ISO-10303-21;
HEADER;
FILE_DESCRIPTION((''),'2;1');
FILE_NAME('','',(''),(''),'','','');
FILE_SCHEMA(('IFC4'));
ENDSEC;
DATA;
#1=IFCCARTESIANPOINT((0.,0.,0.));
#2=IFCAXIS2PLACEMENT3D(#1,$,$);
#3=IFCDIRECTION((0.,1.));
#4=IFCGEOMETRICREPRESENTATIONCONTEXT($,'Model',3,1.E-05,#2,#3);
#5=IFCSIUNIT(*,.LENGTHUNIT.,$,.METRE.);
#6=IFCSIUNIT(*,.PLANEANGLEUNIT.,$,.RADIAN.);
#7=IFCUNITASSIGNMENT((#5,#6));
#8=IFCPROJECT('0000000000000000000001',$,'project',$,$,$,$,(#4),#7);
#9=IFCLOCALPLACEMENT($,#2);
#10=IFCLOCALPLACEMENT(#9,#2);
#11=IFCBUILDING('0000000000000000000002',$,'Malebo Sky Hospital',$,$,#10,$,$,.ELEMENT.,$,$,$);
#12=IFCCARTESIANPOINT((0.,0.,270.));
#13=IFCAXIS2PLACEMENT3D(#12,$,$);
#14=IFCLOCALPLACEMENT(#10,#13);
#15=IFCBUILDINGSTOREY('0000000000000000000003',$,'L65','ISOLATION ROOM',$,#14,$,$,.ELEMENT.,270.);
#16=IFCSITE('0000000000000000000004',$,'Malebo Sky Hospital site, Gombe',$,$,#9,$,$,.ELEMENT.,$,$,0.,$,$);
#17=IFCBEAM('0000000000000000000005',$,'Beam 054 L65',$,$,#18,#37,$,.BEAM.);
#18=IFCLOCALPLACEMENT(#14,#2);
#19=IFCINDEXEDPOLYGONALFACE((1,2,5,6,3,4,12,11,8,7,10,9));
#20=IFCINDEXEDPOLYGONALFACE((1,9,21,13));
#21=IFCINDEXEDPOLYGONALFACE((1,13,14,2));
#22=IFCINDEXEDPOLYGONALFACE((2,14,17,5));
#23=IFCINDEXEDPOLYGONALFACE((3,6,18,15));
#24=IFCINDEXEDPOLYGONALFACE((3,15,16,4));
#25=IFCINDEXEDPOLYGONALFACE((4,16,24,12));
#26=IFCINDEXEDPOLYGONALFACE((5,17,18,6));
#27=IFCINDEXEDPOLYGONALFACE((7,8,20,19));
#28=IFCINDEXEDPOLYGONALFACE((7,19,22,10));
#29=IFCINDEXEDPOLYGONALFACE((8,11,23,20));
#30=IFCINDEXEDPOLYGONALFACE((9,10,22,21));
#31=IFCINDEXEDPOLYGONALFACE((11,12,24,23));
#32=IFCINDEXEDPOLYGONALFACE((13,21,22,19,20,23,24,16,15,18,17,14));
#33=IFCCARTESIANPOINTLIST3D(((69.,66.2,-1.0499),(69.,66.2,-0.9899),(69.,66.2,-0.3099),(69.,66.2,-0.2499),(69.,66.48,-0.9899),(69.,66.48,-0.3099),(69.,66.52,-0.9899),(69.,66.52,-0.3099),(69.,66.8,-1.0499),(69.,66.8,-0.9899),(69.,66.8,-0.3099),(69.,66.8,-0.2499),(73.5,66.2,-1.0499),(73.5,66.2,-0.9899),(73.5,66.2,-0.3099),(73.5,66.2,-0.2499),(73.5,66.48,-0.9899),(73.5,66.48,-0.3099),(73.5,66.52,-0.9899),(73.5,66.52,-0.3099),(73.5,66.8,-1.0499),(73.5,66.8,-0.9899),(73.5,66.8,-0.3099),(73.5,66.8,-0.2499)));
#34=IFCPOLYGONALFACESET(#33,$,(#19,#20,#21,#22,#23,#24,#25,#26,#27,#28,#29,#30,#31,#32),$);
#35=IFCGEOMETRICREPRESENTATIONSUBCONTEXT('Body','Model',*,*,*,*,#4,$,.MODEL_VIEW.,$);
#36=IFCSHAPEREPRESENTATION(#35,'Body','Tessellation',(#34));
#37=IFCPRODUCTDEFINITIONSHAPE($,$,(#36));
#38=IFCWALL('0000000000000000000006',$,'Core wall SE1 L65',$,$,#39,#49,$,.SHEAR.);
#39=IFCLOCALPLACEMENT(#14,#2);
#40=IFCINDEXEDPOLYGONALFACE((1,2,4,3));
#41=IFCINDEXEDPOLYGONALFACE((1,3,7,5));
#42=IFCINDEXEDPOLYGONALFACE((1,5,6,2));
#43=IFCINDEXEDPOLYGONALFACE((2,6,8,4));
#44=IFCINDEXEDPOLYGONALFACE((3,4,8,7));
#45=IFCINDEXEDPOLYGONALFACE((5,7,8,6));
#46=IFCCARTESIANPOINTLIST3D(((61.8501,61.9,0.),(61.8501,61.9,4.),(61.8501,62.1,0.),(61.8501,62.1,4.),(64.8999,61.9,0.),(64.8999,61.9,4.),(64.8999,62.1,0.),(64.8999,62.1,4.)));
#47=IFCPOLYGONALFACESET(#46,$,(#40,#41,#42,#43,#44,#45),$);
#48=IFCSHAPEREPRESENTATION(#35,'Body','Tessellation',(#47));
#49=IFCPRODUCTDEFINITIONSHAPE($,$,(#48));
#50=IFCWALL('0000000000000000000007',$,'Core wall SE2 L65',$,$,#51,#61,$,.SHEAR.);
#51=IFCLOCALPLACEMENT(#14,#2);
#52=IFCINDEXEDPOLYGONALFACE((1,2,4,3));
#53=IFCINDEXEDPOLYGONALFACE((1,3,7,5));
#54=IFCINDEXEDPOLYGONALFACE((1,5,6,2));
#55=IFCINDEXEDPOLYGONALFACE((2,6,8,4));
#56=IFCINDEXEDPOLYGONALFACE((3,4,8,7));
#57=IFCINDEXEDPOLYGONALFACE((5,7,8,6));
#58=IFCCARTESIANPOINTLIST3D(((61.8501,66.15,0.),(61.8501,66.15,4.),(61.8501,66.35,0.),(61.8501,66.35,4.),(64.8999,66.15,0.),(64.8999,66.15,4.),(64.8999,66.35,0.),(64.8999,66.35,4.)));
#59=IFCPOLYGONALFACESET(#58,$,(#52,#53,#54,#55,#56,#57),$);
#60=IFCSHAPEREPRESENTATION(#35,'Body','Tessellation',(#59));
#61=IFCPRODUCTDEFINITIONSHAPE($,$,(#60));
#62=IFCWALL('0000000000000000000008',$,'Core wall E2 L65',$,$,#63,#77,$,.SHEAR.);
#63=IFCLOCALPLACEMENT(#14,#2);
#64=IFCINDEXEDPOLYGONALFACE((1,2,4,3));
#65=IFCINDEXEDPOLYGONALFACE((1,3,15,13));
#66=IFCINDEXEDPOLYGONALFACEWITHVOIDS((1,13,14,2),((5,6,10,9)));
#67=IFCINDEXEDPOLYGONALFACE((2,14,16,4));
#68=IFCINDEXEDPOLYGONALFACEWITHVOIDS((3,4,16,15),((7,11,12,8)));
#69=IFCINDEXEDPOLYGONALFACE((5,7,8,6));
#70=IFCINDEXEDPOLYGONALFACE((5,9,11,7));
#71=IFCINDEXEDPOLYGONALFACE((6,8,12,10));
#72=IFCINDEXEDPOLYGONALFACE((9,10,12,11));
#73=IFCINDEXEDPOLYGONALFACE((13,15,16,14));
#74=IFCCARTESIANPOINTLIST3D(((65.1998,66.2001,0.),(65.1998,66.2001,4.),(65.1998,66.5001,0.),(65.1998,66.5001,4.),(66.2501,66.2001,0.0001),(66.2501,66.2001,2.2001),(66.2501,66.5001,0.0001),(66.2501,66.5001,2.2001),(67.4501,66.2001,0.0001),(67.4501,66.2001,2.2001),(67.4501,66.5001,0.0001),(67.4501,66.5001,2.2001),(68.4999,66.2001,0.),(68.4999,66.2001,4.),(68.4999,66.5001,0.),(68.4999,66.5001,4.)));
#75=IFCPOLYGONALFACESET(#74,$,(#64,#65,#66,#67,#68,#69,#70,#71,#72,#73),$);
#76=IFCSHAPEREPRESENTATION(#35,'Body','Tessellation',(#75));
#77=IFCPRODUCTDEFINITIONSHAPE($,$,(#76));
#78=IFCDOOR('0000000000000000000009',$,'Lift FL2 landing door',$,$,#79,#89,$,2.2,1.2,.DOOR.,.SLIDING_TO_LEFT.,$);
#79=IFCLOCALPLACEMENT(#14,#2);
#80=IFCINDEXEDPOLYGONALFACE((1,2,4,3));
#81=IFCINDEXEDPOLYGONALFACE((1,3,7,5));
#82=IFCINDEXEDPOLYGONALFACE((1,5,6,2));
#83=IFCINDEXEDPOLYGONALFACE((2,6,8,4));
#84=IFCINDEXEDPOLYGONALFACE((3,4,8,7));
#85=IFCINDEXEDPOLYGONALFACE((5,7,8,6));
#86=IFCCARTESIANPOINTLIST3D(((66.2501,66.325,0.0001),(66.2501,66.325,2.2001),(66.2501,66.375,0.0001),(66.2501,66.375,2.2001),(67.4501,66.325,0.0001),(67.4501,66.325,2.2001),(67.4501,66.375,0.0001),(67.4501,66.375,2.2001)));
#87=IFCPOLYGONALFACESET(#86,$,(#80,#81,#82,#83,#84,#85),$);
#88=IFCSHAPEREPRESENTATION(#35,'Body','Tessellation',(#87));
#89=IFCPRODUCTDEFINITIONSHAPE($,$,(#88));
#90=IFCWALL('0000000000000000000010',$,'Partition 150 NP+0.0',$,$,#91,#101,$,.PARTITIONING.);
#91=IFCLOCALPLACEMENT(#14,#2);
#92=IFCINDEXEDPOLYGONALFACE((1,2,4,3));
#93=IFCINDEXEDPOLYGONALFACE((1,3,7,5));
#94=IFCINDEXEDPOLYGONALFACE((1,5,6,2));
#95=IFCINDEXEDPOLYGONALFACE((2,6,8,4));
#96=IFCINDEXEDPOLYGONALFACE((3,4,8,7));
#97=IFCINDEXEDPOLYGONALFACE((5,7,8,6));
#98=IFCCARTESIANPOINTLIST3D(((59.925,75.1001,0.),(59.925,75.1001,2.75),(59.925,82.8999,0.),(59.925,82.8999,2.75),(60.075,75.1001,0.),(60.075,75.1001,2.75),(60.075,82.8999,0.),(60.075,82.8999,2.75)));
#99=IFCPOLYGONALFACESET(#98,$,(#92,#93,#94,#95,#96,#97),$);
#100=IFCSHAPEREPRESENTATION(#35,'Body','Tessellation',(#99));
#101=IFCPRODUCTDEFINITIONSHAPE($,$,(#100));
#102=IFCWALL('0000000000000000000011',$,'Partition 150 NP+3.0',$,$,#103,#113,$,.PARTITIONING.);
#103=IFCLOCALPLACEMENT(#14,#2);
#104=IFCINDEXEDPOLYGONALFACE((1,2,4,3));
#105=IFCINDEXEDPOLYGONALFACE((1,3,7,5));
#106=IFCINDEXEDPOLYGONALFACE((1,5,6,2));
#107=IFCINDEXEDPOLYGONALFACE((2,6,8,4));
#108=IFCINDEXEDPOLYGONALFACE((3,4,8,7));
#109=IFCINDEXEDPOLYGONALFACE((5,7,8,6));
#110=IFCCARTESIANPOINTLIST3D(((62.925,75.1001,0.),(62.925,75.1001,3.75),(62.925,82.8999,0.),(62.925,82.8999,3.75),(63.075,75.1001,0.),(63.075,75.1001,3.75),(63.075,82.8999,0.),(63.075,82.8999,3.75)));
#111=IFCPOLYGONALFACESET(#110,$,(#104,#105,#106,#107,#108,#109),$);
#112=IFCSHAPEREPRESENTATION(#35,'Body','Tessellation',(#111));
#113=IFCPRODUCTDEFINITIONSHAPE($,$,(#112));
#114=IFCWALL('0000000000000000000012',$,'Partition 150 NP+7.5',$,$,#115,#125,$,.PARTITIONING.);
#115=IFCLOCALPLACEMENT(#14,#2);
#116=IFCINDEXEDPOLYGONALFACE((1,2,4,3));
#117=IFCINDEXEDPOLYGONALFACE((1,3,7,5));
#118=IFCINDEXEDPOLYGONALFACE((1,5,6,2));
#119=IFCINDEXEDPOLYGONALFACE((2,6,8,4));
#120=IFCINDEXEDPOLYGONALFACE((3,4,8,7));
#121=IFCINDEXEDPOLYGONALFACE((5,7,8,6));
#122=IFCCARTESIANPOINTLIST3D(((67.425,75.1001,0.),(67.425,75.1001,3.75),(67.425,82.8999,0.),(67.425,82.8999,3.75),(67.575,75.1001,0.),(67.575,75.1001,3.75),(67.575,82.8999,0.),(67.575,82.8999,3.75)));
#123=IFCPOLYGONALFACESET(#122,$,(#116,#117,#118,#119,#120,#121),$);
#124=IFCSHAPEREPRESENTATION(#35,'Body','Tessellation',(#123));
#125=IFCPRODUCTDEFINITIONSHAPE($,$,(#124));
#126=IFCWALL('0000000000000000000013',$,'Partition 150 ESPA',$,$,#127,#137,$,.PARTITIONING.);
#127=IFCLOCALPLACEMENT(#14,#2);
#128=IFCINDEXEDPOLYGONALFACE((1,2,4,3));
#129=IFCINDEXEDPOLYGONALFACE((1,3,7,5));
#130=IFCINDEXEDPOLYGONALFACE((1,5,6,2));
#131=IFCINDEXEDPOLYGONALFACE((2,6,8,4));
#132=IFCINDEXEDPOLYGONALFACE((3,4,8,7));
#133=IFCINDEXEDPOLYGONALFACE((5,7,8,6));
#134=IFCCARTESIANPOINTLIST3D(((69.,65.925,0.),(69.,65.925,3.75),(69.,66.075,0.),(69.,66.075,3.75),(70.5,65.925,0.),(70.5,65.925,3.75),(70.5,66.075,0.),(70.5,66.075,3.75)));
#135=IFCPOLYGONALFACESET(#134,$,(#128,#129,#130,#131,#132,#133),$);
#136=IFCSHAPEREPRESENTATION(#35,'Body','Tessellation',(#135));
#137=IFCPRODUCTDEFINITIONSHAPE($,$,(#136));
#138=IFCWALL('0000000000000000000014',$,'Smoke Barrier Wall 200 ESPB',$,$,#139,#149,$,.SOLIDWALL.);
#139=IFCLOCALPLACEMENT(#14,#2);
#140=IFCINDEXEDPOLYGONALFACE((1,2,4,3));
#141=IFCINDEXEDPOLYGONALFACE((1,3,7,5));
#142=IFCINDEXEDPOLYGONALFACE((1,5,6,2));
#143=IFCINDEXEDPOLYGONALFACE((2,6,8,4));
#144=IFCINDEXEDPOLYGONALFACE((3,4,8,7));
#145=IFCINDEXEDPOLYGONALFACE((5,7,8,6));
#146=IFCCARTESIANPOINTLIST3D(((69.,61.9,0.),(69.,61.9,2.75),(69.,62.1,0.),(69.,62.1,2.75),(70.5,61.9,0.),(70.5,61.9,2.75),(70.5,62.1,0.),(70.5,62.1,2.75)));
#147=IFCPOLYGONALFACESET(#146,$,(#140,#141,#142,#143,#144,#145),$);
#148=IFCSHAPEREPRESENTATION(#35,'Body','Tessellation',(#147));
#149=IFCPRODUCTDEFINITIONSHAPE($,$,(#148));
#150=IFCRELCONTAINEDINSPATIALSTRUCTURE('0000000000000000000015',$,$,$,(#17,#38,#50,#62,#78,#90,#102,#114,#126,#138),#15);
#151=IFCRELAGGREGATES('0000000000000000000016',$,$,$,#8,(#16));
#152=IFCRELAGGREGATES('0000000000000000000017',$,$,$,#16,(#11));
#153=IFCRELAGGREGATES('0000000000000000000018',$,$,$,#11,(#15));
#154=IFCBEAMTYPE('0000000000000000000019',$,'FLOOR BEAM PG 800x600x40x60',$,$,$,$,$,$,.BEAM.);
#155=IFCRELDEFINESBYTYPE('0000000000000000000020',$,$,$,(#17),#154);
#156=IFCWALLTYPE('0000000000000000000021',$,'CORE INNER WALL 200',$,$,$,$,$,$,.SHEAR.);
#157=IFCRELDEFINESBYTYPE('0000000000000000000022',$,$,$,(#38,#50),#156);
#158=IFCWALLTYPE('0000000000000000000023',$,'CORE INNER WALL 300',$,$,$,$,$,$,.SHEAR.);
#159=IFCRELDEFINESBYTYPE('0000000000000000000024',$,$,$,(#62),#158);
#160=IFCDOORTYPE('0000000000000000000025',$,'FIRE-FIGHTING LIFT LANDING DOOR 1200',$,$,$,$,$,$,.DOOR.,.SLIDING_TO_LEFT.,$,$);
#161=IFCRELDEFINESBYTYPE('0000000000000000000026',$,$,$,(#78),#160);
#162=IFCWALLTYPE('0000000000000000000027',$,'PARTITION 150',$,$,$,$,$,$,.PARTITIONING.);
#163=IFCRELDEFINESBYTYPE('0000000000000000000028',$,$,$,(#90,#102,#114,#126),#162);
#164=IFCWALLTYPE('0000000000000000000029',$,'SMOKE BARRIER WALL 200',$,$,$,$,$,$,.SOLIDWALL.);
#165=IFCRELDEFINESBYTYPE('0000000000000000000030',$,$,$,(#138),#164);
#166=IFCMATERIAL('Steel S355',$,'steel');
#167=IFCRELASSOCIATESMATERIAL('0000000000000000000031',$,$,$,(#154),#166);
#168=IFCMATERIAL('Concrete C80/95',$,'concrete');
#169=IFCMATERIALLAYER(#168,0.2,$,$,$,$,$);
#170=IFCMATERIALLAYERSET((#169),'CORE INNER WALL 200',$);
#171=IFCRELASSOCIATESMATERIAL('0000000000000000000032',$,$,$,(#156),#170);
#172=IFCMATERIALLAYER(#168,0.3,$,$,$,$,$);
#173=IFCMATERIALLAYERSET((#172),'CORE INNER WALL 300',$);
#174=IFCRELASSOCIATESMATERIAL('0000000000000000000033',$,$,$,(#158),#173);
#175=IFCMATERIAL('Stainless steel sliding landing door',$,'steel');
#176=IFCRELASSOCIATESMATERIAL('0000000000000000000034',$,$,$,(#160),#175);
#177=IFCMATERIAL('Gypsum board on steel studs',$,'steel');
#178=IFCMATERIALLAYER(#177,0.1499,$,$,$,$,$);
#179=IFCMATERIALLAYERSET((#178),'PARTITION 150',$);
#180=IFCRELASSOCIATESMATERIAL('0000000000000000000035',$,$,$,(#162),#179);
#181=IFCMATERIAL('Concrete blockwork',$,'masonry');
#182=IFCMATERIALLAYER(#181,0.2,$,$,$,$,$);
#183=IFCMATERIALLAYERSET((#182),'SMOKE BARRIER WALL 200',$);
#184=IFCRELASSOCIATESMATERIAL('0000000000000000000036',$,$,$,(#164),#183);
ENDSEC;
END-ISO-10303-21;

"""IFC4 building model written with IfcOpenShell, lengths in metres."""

from ifc_helpers import new_model, si_unit, direction, frame, frame_2d, origin, origin_2d, place, context, subcontext, project, spatial, rectangle, i_section, extrude, material, layer, layer_set, material_profile, profile_set, type_object, element, fill, save


model = new_model("IFC4")

# Units and contexts
model_context = context("Model", 3, precision=1e-05, world=origin(), true_north=direction((0.0, 1.0)))
body_context = subcontext(model_context, "Body", "Model", "MODEL_VIEW")
ifc_project = project(units=[si_unit("LENGTHUNIT", "METRE"), si_unit("PLANEANGLEUNIT", "RADIAN")], contexts=[model_context])

# Site, building, storey
site_placement = place(None, origin())
site = spatial("IfcSite", under=ifc_project, at=site_placement, Name="Malebo Sky Hospital site, Gombe", CompositionType="ELEMENT", RefElevation=0.0)
building_placement = place(site_placement, origin())
building = spatial("IfcBuilding", under=site, at=building_placement, Name="Malebo Sky Hospital", CompositionType="ELEMENT")
storey_placement = place(building_placement, frame((0.0, 0.0, 270.0)))
storey = spatial("IfcBuildingStorey", under=building, at=storey_placement, Name="L65", Description="ISOLATION ROOM", CompositionType="ELEMENT", Elevation=270.0)

# Beam
ifc_material_1 = material(Name="Steel S355", Category="steel")
ifc_material_profile_1 = material_profile(ifc_material_1, i_section(OverallWidth=0.6001, OverallDepth=0.8, WebThickness=0.04, FlangeThickness=0.0601, at=origin_2d()), Name="PG 800x600x40x60")
ifc_profile_set_1 = profile_set([ifc_material_profile_1], Name="Steel S355")
beam_type_1 = type_object("IfcBeamType", Name="FLOOR BEAM PG 800x600x40x60", PredefinedType="BEAM", material=ifc_profile_set_1)
for number, where, z_axis, x_axis, name in (
    (1, (69.0, 66.5, -0.6499), (1.0, 0.0, 0.0), (0.0, 1.0, 0.0), "Beam 054 L65"),
):
    element("IfcBeam", number, at=place(storey_placement, frame(where, z_axis=z_axis, x_axis=x_axis)), inside=storey, type_object=beam_type_1, Name=name, PredefinedType="BEAM", context=body_context, shape_type="SweptSolid", body=[
        extrude(i_section(OverallWidth=0.6001, OverallDepth=0.8, WebThickness=0.04, FlangeThickness=0.0601, at=origin_2d()), origin(), (0.0, 0.0, 1.0), 4.5),
    ])

# Walls
ifc_material_2 = material(Name="Concrete C80/95", Category="concrete")
ifc_layer_1 = layer(ifc_material_2, 0.2)
ifc_layer_set_1 = layer_set([ifc_layer_1], Name="CORE INNER WALL 200")
wall_type_1 = type_object("IfcWallType", Name="CORE INNER WALL 200", PredefinedType="SHEAR", material=ifc_layer_set_1)
for number, where, z_axis, x_axis, name in (
    (2, (61.8501, 62.0, 0.0), (0.0, 0.0, 1.0), (1.0, 0.0, 0.0), "Core wall SE1 L65"),
    (3, (61.8501, 66.25, 0.0), (0.0, 0.0, 1.0), (1.0, 0.0, 0.0), "Core wall SE2 L65"),
):
    element("IfcWall", number, at=place(storey_placement, frame(where, z_axis=z_axis, x_axis=x_axis)), inside=storey, type_object=wall_type_1, Name=name, PredefinedType="SHEAR", context=body_context, shape_type="SweptSolid", body=[
        extrude(rectangle(XDim=3.0498, YDim=0.2, at=frame_2d((1.5249, 0.0))), origin(), (0.0, 0.0, 1.0), 4.0),
    ])

# Wall, opening, door
ifc_layer_2 = layer(ifc_material_2, 0.3)
ifc_layer_set_2 = layer_set([ifc_layer_2], Name="CORE INNER WALL 300")
wall_type_2 = type_object("IfcWallType", Name="CORE INNER WALL 300", PredefinedType="SHEAR", material=ifc_layer_set_2)
wall_1_placement = place(storey_placement, frame((65.2, 66.3501, 0.0), z_axis=(0.0, 0.0, 1.0), x_axis=(1.0, 0.0, 0.0)))
wall_1 = element("IfcWall", 4, at=wall_1_placement, inside=storey, type_object=wall_type_2, Name="Core wall E2 L65", PredefinedType="SHEAR", context=body_context, shape_type="SweptSolid", body=[
    extrude(rectangle(XDim=3.3, YDim=0.3, at=frame_2d((1.6499, 0.0))), origin(), (0.0, 0.0, 1.0), 4.0),
])
opening_placement = place(wall_1_placement, frame((1.05, 0.0, 0.0)))
opening = element("IfcOpeningElement", 5, at=opening_placement, cuts=wall_1, PredefinedType="OPENING", context=body_context, shape_type="SweptSolid", body=[
    extrude(rectangle(XDim=1.2, YDim=2.2, at=frame_2d((0.6001, 1.1001))), frame((0.0, 0.1599, 0.0), z_axis=(0.0, -1.0, 0.0), x_axis=(1.0, 0.0, 0.0)), (0.0, 0.0, 1.0), 0.3201),
])
ifc_material_3 = material(Name="Stainless steel sliding landing door", Category="steel")
door_type = type_object("IfcDoorType", Name="FIRE-FIGHTING LIFT LANDING DOOR 1200", OperationType="SLIDING_TO_LEFT", PredefinedType="DOOR", material=ifc_material_3)
door_placement = place(opening_placement, origin())
door = element("IfcDoor", 6, at=door_placement, inside=storey, type_object=door_type, Name="Lift FL2 landing door", OperationType="SLIDING_TO_LEFT", OverallHeight=2.2, OverallWidth=1.2, PredefinedType="DOOR", context=body_context, shape_type="SweptSolid", body=[
    extrude(rectangle(XDim=1.2, YDim=2.2, at=frame_2d((0.6001, 1.1001))), frame((0.0, 0.0249, 0.0), z_axis=(0.0, -1.0, 0.0), x_axis=(1.0, 0.0, 0.0)), (0.0, 0.0, 1.0), 0.05),
])
fill(opening, door)

# Walls
ifc_material_4 = material(Name="Gypsum board on steel studs", Category="steel")
ifc_layer_3 = layer(ifc_material_4, 0.1499)
ifc_layer_set_3 = layer_set([ifc_layer_3], Name="PARTITION 150")
wall_type_3 = type_object("IfcWallType", Name="PARTITION 150", PredefinedType="PARTITIONING", material=ifc_layer_set_3)
wall_2_placement = place(storey_placement, frame((60.0, 75.1001, 0.0), z_axis=(0.0, 0.0, 1.0), x_axis=(0.0, 1.0, 0.0)))
element("IfcWall", 7, at=wall_2_placement, inside=storey, type_object=wall_type_3, Name="Partition 150 NP+0.0", PredefinedType="PARTITIONING", context=body_context, shape_type="SweptSolid", body=[
    extrude(rectangle(XDim=7.7998, YDim=0.1499, at=frame_2d((3.8999, 0.0))), origin(), (0.0, 0.0, 1.0), 2.75),
])
for number, where, z_axis, x_axis, name in (
    (8, (63.0, 75.1001, 0.0), (0.0, 0.0, 1.0), (0.0, 1.0, 0.0), "Partition 150 NP+3.0"),
    (9, (67.5, 75.1001, 0.0), (0.0, 0.0, 1.0), (0.0, 1.0, 0.0), "Partition 150 NP+7.5"),
):
    element("IfcWall", number, at=place(storey_placement, frame(where, z_axis=z_axis, x_axis=x_axis)), inside=storey, type_object=wall_type_3, Name=name, PredefinedType="PARTITIONING", context=body_context, shape_type="SweptSolid", body=[
        extrude(rectangle(XDim=7.7998, YDim=0.1499, at=frame_2d((3.8999, 0.0))), origin(), (0.0, 0.0, 1.0), 3.75),
    ])
wall_3_placement = place(storey_placement, frame((69.0, 66.0, 0.0), z_axis=(0.0, 0.0, 1.0), x_axis=(1.0, 0.0, 0.0)))
element("IfcWall", 10, at=wall_3_placement, inside=storey, type_object=wall_type_3, Name="Partition 150 ESPA", PredefinedType="PARTITIONING", context=body_context, shape_type="SweptSolid", body=[
    extrude(rectangle(XDim=1.5, YDim=0.1499, at=frame_2d((0.75, 0.0))), origin(), (0.0, 0.0, 1.0), 3.75),
])
ifc_material_5 = material(Name="Concrete blockwork", Category="masonry")
ifc_layer_4 = layer(ifc_material_5, 0.2)
ifc_layer_set_4 = layer_set([ifc_layer_4], Name="SMOKE BARRIER WALL 200")
wall_type_4 = type_object("IfcWallType", Name="SMOKE BARRIER WALL 200", PredefinedType="SOLIDWALL", material=ifc_layer_set_4)
wall_4_placement = place(storey_placement, frame((69.0, 62.0, 0.0), z_axis=(0.0, 0.0, 1.0), x_axis=(1.0, 0.0, 0.0)))
element("IfcWall", 11, at=wall_4_placement, inside=storey, type_object=wall_type_4, Name="Smoke Barrier Wall 200 ESPB", PredefinedType="SOLIDWALL", context=body_context, shape_type="SweptSolid", body=[
    extrude(rectangle(XDim=1.5, YDim=0.2, at=frame_2d((0.75, 0.0))), origin(), (0.0, 0.0, 1.0), 2.75),
])

save(model, "model.ifc")
